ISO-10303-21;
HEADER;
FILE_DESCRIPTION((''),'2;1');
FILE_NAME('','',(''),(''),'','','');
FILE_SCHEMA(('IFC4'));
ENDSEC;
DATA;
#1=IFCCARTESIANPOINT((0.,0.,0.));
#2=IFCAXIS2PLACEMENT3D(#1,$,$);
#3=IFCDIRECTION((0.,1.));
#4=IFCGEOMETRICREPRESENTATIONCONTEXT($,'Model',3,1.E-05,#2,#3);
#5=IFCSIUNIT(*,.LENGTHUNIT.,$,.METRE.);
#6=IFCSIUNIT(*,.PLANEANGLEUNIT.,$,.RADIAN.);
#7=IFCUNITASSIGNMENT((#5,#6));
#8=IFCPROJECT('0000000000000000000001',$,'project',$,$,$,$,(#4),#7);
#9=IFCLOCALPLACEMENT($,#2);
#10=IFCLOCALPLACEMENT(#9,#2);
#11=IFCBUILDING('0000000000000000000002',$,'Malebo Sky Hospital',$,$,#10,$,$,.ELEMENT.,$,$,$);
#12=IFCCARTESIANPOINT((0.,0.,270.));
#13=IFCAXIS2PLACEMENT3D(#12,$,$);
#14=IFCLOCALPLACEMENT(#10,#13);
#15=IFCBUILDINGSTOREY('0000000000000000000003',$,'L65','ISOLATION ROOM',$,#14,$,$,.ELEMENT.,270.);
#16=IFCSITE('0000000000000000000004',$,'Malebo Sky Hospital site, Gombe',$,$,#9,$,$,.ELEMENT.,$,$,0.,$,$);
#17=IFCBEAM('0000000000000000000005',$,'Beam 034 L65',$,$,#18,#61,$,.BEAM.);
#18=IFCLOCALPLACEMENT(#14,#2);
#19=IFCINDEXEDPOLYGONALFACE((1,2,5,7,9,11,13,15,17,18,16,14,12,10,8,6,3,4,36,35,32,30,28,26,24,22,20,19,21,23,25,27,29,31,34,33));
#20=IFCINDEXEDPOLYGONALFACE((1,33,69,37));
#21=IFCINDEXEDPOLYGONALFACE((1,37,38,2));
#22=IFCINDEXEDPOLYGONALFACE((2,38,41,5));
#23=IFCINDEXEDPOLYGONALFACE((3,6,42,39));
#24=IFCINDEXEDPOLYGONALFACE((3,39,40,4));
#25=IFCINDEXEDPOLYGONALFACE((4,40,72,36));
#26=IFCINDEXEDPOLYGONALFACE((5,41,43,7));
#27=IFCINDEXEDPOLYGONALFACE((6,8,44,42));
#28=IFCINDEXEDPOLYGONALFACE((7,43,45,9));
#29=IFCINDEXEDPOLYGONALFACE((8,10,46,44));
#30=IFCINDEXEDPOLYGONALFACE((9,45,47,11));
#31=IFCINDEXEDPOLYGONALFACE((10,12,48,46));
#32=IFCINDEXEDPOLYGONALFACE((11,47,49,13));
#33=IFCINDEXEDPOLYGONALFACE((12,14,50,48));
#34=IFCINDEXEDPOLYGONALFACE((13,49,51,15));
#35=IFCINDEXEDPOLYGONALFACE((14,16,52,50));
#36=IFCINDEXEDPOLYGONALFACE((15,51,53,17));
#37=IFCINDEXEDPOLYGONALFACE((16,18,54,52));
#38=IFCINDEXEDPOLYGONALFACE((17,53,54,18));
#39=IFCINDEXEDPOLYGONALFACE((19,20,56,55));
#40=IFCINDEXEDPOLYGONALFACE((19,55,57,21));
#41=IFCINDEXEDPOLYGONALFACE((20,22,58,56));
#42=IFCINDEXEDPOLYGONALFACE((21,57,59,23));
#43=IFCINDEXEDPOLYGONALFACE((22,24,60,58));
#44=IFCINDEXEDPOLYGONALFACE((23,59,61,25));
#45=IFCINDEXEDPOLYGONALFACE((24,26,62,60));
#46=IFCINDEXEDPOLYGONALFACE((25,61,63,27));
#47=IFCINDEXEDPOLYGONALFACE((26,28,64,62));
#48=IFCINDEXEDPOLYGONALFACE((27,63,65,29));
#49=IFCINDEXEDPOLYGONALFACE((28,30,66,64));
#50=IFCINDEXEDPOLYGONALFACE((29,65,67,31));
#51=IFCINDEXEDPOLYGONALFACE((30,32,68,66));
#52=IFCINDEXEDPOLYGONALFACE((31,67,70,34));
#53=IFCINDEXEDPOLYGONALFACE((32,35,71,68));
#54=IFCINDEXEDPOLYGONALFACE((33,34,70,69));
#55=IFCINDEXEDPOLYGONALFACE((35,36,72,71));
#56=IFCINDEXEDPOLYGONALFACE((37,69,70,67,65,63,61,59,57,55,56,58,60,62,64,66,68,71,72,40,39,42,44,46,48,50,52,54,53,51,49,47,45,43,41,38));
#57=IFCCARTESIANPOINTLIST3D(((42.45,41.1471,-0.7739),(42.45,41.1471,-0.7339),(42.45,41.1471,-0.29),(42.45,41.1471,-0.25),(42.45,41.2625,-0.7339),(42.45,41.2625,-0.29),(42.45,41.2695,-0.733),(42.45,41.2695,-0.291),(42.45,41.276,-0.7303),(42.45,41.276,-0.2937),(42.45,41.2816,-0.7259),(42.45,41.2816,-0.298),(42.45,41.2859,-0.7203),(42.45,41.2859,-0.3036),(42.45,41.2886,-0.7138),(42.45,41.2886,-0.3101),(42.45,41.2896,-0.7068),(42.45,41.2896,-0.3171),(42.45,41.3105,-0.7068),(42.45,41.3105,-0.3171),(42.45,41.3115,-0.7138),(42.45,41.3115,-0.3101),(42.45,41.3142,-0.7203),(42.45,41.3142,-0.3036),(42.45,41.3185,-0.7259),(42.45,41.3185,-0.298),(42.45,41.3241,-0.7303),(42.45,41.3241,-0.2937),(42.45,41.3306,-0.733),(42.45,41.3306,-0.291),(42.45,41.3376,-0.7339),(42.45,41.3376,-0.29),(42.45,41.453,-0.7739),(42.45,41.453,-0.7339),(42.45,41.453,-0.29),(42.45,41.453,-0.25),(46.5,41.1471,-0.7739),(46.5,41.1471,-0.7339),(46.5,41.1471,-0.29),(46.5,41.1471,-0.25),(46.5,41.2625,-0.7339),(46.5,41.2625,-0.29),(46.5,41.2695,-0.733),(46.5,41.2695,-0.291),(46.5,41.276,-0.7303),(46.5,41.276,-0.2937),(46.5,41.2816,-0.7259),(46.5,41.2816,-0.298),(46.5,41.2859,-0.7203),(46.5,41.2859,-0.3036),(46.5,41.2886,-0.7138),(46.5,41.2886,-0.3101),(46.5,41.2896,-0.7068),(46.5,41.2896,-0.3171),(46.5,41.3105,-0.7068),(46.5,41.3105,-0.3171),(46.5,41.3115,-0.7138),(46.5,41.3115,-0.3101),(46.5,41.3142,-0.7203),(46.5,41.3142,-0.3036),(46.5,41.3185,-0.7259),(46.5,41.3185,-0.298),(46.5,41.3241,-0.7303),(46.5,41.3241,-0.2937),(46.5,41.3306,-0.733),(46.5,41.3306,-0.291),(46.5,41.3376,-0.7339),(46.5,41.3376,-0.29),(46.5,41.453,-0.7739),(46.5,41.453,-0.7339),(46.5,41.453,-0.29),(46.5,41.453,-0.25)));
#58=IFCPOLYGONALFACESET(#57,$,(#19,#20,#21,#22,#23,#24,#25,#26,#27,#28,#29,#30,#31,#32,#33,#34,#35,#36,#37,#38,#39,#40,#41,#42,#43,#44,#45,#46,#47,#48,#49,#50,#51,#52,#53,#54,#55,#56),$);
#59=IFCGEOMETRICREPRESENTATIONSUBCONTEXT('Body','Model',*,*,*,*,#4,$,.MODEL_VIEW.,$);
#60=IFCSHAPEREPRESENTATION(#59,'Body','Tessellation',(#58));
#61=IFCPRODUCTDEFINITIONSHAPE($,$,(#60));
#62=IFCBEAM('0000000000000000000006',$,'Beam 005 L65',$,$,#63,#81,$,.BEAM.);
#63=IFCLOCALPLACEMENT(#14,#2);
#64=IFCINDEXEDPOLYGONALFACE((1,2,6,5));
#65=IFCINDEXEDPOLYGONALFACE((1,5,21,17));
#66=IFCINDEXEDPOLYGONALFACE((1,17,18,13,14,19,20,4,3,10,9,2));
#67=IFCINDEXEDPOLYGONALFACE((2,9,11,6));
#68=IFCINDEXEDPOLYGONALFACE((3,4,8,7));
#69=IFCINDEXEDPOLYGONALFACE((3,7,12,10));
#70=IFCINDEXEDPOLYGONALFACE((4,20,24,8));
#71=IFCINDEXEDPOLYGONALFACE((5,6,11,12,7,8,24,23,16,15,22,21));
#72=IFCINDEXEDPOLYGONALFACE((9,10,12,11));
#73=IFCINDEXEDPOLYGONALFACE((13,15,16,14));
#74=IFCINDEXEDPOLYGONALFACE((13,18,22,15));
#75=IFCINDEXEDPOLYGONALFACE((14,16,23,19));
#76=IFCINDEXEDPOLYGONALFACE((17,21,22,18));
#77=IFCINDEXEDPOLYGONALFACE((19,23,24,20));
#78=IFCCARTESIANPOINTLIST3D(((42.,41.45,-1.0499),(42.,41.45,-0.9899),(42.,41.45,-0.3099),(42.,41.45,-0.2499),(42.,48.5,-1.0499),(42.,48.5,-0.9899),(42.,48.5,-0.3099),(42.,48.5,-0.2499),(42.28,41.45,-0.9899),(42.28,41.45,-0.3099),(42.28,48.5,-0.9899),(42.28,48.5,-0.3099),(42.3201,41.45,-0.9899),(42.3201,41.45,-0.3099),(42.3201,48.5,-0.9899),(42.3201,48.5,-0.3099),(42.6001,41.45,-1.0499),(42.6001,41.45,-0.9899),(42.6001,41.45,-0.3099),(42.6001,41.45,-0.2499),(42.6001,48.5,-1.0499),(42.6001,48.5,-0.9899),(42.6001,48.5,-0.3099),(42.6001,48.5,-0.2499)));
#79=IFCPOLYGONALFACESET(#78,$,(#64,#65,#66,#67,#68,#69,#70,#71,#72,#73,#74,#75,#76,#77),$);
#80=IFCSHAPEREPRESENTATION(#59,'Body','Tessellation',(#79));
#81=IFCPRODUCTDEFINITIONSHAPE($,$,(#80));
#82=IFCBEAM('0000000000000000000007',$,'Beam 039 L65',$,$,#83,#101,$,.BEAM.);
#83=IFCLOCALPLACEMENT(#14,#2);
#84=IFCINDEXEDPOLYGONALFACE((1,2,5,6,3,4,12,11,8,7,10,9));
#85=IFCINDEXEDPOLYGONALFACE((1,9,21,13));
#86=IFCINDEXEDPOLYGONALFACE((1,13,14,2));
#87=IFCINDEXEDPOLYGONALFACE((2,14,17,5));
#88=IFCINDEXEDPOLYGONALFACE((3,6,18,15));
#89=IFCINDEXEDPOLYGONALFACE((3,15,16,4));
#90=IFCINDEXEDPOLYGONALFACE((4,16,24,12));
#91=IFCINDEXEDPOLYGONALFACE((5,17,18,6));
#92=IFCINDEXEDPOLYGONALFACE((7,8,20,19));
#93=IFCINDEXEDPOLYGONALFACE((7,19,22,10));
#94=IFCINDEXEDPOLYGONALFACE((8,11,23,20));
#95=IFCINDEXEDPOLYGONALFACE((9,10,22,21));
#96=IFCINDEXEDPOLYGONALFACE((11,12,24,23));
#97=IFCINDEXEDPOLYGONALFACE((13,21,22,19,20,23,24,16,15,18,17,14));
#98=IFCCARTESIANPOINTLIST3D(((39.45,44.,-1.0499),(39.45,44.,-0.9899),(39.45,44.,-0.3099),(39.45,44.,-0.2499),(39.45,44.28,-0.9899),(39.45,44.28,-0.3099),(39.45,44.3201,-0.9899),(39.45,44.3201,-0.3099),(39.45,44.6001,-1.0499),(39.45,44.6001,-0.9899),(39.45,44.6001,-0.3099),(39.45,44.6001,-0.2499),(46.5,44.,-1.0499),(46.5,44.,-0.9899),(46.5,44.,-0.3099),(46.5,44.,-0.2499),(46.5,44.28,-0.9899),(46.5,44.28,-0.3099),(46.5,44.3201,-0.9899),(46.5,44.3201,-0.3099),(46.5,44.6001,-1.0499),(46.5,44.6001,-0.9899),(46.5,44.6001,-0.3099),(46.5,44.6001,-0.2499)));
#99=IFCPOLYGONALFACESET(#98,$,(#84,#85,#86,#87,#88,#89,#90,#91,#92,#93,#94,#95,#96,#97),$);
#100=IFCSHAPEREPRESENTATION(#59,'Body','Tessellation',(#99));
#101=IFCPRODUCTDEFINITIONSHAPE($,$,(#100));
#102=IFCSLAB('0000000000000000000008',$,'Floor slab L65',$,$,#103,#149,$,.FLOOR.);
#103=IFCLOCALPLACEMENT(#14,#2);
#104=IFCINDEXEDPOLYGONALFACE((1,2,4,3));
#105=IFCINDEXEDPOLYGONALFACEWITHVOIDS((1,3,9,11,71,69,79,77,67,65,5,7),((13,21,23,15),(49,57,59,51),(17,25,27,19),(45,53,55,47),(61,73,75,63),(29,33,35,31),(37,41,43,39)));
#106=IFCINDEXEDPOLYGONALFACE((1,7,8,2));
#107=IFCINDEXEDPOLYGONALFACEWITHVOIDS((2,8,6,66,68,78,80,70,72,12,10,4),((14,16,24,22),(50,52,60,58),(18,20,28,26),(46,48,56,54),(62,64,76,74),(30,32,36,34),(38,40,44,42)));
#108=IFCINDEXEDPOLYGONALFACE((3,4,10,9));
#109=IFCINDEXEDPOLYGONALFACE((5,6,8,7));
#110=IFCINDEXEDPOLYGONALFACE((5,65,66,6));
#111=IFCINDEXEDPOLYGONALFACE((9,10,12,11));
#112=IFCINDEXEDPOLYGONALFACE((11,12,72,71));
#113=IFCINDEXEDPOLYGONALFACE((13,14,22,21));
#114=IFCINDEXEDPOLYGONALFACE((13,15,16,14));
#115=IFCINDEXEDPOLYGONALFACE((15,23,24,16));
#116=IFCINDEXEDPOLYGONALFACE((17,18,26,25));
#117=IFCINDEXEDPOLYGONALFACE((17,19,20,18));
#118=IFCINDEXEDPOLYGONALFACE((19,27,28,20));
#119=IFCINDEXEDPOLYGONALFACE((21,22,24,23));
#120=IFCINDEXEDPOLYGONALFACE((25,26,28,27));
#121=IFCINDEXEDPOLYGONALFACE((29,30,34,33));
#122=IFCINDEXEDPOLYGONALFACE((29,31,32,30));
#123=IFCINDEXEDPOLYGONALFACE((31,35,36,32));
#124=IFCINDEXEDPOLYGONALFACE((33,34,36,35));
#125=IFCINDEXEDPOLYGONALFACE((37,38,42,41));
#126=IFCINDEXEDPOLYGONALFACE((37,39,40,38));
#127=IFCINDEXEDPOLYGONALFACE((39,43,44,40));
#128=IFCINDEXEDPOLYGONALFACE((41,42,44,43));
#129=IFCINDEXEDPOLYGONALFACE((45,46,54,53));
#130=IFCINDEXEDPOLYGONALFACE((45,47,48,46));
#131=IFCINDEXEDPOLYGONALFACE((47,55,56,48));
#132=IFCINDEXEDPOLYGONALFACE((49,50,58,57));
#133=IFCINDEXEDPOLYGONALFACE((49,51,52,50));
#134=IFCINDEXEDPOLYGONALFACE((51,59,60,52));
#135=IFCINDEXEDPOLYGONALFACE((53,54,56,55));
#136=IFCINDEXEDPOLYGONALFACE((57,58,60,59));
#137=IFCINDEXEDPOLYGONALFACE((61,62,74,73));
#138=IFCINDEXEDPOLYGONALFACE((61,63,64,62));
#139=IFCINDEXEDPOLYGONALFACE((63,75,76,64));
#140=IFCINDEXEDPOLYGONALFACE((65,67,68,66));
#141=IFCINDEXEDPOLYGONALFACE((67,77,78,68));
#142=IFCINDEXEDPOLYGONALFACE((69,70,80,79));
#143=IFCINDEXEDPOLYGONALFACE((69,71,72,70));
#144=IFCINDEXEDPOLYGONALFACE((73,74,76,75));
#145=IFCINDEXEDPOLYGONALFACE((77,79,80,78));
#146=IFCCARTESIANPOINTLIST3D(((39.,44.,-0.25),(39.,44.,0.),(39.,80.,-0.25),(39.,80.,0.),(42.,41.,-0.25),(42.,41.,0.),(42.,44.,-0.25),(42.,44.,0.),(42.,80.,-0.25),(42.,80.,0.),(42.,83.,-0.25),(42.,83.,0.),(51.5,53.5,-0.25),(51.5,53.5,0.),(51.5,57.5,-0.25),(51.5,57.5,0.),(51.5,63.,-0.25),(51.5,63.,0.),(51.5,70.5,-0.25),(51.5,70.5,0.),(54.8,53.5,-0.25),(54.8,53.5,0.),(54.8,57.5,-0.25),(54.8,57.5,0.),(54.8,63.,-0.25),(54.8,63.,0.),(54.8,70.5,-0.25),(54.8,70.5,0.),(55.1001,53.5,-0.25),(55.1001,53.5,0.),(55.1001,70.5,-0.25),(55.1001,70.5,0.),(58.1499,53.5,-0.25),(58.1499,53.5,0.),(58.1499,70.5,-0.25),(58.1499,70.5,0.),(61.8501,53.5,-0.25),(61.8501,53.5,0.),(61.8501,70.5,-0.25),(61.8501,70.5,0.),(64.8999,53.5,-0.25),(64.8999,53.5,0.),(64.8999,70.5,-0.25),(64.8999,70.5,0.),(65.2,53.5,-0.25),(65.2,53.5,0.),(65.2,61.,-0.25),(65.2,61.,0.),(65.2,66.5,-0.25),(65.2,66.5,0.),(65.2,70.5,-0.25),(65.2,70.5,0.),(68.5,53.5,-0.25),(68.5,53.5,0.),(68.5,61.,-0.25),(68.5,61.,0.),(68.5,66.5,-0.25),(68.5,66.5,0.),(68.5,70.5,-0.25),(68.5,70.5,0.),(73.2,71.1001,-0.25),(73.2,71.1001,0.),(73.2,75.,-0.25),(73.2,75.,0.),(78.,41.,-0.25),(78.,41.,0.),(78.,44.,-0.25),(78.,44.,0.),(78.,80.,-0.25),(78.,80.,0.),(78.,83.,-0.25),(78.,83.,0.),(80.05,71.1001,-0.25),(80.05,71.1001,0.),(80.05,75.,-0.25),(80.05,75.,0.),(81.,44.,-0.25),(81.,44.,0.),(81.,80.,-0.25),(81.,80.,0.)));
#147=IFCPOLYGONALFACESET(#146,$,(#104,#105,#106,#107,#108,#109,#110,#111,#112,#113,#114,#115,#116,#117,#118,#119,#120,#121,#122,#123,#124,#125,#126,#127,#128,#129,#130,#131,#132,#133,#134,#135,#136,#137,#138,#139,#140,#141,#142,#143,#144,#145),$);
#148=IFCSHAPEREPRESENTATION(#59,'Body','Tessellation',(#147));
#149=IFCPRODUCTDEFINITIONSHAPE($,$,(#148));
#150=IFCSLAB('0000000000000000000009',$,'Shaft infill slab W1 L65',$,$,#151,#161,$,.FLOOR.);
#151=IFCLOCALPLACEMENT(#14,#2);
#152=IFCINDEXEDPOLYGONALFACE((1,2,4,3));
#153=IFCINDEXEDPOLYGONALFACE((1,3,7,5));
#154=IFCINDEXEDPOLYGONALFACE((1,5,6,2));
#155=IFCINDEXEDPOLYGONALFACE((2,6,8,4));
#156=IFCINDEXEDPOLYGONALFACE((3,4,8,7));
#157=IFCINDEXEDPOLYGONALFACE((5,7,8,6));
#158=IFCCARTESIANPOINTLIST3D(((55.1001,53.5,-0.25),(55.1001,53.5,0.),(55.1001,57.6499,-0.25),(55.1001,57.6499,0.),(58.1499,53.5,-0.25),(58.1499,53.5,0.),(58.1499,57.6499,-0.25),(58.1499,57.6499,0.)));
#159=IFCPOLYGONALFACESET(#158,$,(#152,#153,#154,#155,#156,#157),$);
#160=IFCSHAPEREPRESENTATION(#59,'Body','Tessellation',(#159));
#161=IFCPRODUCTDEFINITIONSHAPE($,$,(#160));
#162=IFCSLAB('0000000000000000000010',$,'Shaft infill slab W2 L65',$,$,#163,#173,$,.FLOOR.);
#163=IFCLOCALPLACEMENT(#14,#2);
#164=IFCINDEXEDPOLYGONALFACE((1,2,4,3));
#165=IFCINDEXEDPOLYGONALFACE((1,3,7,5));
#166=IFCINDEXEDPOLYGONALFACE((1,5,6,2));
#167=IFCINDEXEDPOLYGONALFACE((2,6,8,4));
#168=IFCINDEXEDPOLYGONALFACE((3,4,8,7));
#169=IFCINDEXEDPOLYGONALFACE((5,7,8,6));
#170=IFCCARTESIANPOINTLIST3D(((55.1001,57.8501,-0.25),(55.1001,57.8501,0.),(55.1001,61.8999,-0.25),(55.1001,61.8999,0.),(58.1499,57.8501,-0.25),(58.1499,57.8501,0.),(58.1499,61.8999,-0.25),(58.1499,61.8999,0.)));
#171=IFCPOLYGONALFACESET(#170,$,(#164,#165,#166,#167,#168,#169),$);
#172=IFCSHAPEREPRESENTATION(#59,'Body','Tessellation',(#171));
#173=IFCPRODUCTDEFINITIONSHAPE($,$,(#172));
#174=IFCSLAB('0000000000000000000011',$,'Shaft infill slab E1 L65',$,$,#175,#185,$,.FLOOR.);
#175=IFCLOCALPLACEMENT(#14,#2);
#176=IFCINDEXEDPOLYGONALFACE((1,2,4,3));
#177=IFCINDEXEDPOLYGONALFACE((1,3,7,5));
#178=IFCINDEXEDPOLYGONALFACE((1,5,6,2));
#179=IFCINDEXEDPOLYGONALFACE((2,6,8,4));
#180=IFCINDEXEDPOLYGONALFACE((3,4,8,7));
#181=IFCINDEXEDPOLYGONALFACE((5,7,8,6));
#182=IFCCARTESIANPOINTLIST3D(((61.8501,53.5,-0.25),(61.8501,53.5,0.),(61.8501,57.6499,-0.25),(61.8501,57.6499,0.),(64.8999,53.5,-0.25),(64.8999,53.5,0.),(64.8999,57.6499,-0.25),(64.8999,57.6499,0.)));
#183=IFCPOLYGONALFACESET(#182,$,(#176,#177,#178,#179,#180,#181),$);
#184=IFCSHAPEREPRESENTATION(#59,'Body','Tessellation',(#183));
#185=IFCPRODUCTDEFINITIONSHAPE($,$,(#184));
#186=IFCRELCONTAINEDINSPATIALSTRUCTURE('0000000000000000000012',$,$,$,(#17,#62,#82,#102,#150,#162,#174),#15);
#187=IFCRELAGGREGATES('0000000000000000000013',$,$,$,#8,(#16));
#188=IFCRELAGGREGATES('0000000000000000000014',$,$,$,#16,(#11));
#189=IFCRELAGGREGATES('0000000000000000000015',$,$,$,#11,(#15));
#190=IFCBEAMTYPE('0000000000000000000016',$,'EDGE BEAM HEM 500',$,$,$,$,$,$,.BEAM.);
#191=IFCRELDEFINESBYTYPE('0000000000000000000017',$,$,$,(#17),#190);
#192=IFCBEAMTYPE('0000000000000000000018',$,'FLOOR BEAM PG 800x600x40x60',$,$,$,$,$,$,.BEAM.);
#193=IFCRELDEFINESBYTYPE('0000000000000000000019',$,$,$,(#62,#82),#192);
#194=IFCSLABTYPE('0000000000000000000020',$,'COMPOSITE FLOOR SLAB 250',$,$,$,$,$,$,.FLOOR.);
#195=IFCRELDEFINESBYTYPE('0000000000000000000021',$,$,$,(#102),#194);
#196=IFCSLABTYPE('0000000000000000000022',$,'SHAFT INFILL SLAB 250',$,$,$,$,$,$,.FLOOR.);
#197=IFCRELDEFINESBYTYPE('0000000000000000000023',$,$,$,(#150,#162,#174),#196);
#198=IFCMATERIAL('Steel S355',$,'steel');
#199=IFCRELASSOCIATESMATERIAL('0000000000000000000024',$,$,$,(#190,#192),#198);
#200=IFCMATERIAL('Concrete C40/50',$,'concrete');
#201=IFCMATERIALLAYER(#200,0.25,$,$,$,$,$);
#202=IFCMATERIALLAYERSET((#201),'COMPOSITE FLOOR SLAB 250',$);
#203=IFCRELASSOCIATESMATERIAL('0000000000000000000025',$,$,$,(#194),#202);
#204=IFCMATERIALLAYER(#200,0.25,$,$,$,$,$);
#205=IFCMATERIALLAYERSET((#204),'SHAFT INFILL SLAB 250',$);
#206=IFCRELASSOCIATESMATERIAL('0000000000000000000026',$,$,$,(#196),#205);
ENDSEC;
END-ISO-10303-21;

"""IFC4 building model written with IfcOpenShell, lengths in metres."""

from ifc_helpers import new_model, si_unit, direction, frame, origin, origin_2d, place, context, subcontext, project, spatial, polyline, i_section, outline, extrude, material, layer, layer_set, material_profile, profile_set, type_object, element, save


model = new_model("IFC4")

# Units and contexts
model_context = context("Model", 3, precision=1e-05, world=origin(), true_north=direction((0.0, 1.0)))
body_context = subcontext(model_context, "Body", "Model", "MODEL_VIEW")
ifc_project = project(units=[si_unit("LENGTHUNIT", "METRE"), si_unit("PLANEANGLEUNIT", "RADIAN")], contexts=[model_context])

# Site, building, storey
site_placement = place(None, origin())
site = spatial("IfcSite", under=ifc_project, at=site_placement, Name="Malebo Sky Hospital site, Gombe", CompositionType="ELEMENT", RefElevation=0.0)
building_placement = place(site_placement, origin())
building = spatial("IfcBuilding", under=site, at=building_placement, Name="Malebo Sky Hospital", CompositionType="ELEMENT")
storey_placement = place(building_placement, frame((0.0, 0.0, 270.0)))
storey = spatial("IfcBuildingStorey", under=building, at=storey_placement, Name="L65", Description="ISOLATION ROOM", CompositionType="ELEMENT", Elevation=270.0)

# Beams
ifc_material_1 = material(Name="Steel S355", Category="steel")
ifc_material_profile_1 = material_profile(ifc_material_1, i_section(OverallWidth=0.3059, OverallDepth=0.5239, WebThickness=0.021, FlangeThickness=0.04, FilletRadius=0.0271, at=origin_2d()), Name="HEM 500")
ifc_profile_set_1 = profile_set([ifc_material_profile_1], Name="Steel S355")
beam_type_1 = type_object("IfcBeamType", Name="EDGE BEAM HEM 500", PredefinedType="BEAM", material=ifc_profile_set_1)
for number, where, z_axis, x_axis, name in (
    (1, (42.45, 41.3, -0.512), (1.0, 0.0, 0.0), (0.0, 1.0, 0.0), "Beam 034 L65"),
):
    element("IfcBeam", number, at=place(storey_placement, frame(where, z_axis=z_axis, x_axis=x_axis)), inside=storey, type_object=beam_type_1, Name=name, PredefinedType="BEAM", context=body_context, shape_type="SweptSolid", body=[
        extrude(i_section(OverallWidth=0.3059, OverallDepth=0.5239, WebThickness=0.021, FlangeThickness=0.04, FilletRadius=0.0271, at=origin_2d()), origin(), (0.0, 0.0, 1.0), 4.05),
    ])
ifc_material_profile_2 = material_profile(ifc_material_1, i_section(OverallWidth=0.6001, OverallDepth=0.8, WebThickness=0.04, FlangeThickness=0.0601, at=origin_2d()), Name="PG 800x600x40x60")
ifc_profile_set_2 = profile_set([ifc_material_profile_2], Name="Steel S355")
beam_type_2 = type_object("IfcBeamType", Name="FLOOR BEAM PG 800x600x40x60", PredefinedType="BEAM", material=ifc_profile_set_2)
for number, where, z_axis, x_axis, name in (
    (2, (42.3, 41.45, -0.6499), (0.0, 1.0, 0.0), (-1.0, 0.0, 0.0), "Beam 005 L65"),
    (3, (39.45, 44.3, -0.6499), (1.0, 0.0, 0.0), (0.0, 1.0, 0.0), "Beam 039 L65"),
):
    element("IfcBeam", number, at=place(storey_placement, frame(where, z_axis=z_axis, x_axis=x_axis)), inside=storey, type_object=beam_type_2, Name=name, PredefinedType="BEAM", context=body_context, shape_type="SweptSolid", body=[
        extrude(i_section(OverallWidth=0.6001, OverallDepth=0.8, WebThickness=0.04, FlangeThickness=0.0601, at=origin_2d()), origin(), (0.0, 0.0, 1.0), 7.05),
    ])

# Slabs
ifc_material_2 = material(Name="Concrete C40/50", Category="concrete")
ifc_layer_1 = layer(ifc_material_2, 0.25)
ifc_layer_set_1 = layer_set([ifc_layer_1], Name="COMPOSITE FLOOR SLAB 250")
slab_type_1 = type_object("IfcSlabType", Name="COMPOSITE FLOOR SLAB 250", PredefinedType="FLOOR", material=ifc_layer_set_1)
slab_1_placement = place(storey_placement, frame((0.0, 0.0, -0.25)))
element("IfcSlab", 4, at=slab_1_placement, inside=storey, type_object=slab_type_1, Name="Floor slab L65", PredefinedType="FLOOR", context=body_context, shape_type="SweptSolid", body=[
    extrude(outline(polyline([(42.0, 83.0), (42.0, 80.0), (39.0, 80.0), (39.0, 44.0), (42.0, 44.0), (42.0, 41.0), (78.0, 41.0), (78.0, 44.0), (81.0, 44.0), (81.0, 80.0), (78.0, 80.0), (78.0, 83.0), (42.0, 83.0)]), holes=[polyline([(55.1001, 70.5), (58.1499, 70.5), (58.1499, 53.5), (55.1001, 53.5), (55.1001, 70.5)]), polyline([(64.8999, 70.5), (64.8999, 53.5), (61.8501, 53.5), (61.8501, 70.5), (64.8999, 70.5)]), polyline([(54.8, 63.0), (51.5, 63.0), (51.5, 70.5), (54.8, 70.5), (54.8, 63.0)]), polyline([(51.5, 53.5), (51.5, 57.5), (54.8, 57.5), (54.8, 53.5), (51.5, 53.5)]), polyline([(65.2, 61.0), (68.5, 61.0), (68.5, 53.5), (65.2, 53.5), (65.2, 61.0)]), polyline([(68.5, 70.5), (68.5, 66.5), (65.2, 66.5), (65.2, 70.5), (68.5, 70.5)]), polyline([(80.05, 71.1001), (73.2, 71.1001), (73.2, 75.0), (80.05, 75.0), (80.05, 71.1001)])]), origin(), (0.0, 0.0, 1.0), 0.25),
])
ifc_layer_2 = layer(ifc_material_2, 0.25)
ifc_layer_set_2 = layer_set([ifc_layer_2], Name="SHAFT INFILL SLAB 250")
slab_type_2 = type_object("IfcSlabType", Name="SHAFT INFILL SLAB 250", PredefinedType="FLOOR", material=ifc_layer_set_2)
slab_2_placement = place(storey_placement, frame((0.0, 0.0, -0.25)))
element("IfcSlab", 5, at=slab_2_placement, inside=storey, type_object=slab_type_2, Name="Shaft infill slab W1 L65", PredefinedType="FLOOR", context=body_context, shape_type="SweptSolid", body=[
    extrude(outline(polyline([(55.1001, 53.5), (58.1499, 53.5), (58.1499, 57.6499), (55.1001, 57.6499), (55.1001, 53.5)])), origin(), (0.0, 0.0, 1.0), 0.25),
])
slab_3_placement = place(storey_placement, frame((0.0, 0.0, -0.25)))
element("IfcSlab", 6, at=slab_3_placement, inside=storey, type_object=slab_type_2, Name="Shaft infill slab W2 L65", PredefinedType="FLOOR", context=body_context, shape_type="SweptSolid", body=[
    extrude(outline(polyline([(55.1001, 57.8501), (58.1499, 57.8501), (58.1499, 61.8999), (55.1001, 61.8999), (55.1001, 57.8501)])), origin(), (0.0, 0.0, 1.0), 0.25),
])
slab_4_placement = place(storey_placement, frame((0.0, 0.0, -0.25)))
element("IfcSlab", 7, at=slab_4_placement, inside=storey, type_object=slab_type_2, Name="Shaft infill slab E1 L65", PredefinedType="FLOOR", context=body_context, shape_type="SweptSolid", body=[
    extrude(outline(polyline([(61.8501, 53.5), (64.8999, 53.5), (64.8999, 57.6499), (61.8501, 57.6499), (61.8501, 53.5)])), origin(), (0.0, 0.0, 1.0), 0.25),
])

save(model, "model.ifc")
